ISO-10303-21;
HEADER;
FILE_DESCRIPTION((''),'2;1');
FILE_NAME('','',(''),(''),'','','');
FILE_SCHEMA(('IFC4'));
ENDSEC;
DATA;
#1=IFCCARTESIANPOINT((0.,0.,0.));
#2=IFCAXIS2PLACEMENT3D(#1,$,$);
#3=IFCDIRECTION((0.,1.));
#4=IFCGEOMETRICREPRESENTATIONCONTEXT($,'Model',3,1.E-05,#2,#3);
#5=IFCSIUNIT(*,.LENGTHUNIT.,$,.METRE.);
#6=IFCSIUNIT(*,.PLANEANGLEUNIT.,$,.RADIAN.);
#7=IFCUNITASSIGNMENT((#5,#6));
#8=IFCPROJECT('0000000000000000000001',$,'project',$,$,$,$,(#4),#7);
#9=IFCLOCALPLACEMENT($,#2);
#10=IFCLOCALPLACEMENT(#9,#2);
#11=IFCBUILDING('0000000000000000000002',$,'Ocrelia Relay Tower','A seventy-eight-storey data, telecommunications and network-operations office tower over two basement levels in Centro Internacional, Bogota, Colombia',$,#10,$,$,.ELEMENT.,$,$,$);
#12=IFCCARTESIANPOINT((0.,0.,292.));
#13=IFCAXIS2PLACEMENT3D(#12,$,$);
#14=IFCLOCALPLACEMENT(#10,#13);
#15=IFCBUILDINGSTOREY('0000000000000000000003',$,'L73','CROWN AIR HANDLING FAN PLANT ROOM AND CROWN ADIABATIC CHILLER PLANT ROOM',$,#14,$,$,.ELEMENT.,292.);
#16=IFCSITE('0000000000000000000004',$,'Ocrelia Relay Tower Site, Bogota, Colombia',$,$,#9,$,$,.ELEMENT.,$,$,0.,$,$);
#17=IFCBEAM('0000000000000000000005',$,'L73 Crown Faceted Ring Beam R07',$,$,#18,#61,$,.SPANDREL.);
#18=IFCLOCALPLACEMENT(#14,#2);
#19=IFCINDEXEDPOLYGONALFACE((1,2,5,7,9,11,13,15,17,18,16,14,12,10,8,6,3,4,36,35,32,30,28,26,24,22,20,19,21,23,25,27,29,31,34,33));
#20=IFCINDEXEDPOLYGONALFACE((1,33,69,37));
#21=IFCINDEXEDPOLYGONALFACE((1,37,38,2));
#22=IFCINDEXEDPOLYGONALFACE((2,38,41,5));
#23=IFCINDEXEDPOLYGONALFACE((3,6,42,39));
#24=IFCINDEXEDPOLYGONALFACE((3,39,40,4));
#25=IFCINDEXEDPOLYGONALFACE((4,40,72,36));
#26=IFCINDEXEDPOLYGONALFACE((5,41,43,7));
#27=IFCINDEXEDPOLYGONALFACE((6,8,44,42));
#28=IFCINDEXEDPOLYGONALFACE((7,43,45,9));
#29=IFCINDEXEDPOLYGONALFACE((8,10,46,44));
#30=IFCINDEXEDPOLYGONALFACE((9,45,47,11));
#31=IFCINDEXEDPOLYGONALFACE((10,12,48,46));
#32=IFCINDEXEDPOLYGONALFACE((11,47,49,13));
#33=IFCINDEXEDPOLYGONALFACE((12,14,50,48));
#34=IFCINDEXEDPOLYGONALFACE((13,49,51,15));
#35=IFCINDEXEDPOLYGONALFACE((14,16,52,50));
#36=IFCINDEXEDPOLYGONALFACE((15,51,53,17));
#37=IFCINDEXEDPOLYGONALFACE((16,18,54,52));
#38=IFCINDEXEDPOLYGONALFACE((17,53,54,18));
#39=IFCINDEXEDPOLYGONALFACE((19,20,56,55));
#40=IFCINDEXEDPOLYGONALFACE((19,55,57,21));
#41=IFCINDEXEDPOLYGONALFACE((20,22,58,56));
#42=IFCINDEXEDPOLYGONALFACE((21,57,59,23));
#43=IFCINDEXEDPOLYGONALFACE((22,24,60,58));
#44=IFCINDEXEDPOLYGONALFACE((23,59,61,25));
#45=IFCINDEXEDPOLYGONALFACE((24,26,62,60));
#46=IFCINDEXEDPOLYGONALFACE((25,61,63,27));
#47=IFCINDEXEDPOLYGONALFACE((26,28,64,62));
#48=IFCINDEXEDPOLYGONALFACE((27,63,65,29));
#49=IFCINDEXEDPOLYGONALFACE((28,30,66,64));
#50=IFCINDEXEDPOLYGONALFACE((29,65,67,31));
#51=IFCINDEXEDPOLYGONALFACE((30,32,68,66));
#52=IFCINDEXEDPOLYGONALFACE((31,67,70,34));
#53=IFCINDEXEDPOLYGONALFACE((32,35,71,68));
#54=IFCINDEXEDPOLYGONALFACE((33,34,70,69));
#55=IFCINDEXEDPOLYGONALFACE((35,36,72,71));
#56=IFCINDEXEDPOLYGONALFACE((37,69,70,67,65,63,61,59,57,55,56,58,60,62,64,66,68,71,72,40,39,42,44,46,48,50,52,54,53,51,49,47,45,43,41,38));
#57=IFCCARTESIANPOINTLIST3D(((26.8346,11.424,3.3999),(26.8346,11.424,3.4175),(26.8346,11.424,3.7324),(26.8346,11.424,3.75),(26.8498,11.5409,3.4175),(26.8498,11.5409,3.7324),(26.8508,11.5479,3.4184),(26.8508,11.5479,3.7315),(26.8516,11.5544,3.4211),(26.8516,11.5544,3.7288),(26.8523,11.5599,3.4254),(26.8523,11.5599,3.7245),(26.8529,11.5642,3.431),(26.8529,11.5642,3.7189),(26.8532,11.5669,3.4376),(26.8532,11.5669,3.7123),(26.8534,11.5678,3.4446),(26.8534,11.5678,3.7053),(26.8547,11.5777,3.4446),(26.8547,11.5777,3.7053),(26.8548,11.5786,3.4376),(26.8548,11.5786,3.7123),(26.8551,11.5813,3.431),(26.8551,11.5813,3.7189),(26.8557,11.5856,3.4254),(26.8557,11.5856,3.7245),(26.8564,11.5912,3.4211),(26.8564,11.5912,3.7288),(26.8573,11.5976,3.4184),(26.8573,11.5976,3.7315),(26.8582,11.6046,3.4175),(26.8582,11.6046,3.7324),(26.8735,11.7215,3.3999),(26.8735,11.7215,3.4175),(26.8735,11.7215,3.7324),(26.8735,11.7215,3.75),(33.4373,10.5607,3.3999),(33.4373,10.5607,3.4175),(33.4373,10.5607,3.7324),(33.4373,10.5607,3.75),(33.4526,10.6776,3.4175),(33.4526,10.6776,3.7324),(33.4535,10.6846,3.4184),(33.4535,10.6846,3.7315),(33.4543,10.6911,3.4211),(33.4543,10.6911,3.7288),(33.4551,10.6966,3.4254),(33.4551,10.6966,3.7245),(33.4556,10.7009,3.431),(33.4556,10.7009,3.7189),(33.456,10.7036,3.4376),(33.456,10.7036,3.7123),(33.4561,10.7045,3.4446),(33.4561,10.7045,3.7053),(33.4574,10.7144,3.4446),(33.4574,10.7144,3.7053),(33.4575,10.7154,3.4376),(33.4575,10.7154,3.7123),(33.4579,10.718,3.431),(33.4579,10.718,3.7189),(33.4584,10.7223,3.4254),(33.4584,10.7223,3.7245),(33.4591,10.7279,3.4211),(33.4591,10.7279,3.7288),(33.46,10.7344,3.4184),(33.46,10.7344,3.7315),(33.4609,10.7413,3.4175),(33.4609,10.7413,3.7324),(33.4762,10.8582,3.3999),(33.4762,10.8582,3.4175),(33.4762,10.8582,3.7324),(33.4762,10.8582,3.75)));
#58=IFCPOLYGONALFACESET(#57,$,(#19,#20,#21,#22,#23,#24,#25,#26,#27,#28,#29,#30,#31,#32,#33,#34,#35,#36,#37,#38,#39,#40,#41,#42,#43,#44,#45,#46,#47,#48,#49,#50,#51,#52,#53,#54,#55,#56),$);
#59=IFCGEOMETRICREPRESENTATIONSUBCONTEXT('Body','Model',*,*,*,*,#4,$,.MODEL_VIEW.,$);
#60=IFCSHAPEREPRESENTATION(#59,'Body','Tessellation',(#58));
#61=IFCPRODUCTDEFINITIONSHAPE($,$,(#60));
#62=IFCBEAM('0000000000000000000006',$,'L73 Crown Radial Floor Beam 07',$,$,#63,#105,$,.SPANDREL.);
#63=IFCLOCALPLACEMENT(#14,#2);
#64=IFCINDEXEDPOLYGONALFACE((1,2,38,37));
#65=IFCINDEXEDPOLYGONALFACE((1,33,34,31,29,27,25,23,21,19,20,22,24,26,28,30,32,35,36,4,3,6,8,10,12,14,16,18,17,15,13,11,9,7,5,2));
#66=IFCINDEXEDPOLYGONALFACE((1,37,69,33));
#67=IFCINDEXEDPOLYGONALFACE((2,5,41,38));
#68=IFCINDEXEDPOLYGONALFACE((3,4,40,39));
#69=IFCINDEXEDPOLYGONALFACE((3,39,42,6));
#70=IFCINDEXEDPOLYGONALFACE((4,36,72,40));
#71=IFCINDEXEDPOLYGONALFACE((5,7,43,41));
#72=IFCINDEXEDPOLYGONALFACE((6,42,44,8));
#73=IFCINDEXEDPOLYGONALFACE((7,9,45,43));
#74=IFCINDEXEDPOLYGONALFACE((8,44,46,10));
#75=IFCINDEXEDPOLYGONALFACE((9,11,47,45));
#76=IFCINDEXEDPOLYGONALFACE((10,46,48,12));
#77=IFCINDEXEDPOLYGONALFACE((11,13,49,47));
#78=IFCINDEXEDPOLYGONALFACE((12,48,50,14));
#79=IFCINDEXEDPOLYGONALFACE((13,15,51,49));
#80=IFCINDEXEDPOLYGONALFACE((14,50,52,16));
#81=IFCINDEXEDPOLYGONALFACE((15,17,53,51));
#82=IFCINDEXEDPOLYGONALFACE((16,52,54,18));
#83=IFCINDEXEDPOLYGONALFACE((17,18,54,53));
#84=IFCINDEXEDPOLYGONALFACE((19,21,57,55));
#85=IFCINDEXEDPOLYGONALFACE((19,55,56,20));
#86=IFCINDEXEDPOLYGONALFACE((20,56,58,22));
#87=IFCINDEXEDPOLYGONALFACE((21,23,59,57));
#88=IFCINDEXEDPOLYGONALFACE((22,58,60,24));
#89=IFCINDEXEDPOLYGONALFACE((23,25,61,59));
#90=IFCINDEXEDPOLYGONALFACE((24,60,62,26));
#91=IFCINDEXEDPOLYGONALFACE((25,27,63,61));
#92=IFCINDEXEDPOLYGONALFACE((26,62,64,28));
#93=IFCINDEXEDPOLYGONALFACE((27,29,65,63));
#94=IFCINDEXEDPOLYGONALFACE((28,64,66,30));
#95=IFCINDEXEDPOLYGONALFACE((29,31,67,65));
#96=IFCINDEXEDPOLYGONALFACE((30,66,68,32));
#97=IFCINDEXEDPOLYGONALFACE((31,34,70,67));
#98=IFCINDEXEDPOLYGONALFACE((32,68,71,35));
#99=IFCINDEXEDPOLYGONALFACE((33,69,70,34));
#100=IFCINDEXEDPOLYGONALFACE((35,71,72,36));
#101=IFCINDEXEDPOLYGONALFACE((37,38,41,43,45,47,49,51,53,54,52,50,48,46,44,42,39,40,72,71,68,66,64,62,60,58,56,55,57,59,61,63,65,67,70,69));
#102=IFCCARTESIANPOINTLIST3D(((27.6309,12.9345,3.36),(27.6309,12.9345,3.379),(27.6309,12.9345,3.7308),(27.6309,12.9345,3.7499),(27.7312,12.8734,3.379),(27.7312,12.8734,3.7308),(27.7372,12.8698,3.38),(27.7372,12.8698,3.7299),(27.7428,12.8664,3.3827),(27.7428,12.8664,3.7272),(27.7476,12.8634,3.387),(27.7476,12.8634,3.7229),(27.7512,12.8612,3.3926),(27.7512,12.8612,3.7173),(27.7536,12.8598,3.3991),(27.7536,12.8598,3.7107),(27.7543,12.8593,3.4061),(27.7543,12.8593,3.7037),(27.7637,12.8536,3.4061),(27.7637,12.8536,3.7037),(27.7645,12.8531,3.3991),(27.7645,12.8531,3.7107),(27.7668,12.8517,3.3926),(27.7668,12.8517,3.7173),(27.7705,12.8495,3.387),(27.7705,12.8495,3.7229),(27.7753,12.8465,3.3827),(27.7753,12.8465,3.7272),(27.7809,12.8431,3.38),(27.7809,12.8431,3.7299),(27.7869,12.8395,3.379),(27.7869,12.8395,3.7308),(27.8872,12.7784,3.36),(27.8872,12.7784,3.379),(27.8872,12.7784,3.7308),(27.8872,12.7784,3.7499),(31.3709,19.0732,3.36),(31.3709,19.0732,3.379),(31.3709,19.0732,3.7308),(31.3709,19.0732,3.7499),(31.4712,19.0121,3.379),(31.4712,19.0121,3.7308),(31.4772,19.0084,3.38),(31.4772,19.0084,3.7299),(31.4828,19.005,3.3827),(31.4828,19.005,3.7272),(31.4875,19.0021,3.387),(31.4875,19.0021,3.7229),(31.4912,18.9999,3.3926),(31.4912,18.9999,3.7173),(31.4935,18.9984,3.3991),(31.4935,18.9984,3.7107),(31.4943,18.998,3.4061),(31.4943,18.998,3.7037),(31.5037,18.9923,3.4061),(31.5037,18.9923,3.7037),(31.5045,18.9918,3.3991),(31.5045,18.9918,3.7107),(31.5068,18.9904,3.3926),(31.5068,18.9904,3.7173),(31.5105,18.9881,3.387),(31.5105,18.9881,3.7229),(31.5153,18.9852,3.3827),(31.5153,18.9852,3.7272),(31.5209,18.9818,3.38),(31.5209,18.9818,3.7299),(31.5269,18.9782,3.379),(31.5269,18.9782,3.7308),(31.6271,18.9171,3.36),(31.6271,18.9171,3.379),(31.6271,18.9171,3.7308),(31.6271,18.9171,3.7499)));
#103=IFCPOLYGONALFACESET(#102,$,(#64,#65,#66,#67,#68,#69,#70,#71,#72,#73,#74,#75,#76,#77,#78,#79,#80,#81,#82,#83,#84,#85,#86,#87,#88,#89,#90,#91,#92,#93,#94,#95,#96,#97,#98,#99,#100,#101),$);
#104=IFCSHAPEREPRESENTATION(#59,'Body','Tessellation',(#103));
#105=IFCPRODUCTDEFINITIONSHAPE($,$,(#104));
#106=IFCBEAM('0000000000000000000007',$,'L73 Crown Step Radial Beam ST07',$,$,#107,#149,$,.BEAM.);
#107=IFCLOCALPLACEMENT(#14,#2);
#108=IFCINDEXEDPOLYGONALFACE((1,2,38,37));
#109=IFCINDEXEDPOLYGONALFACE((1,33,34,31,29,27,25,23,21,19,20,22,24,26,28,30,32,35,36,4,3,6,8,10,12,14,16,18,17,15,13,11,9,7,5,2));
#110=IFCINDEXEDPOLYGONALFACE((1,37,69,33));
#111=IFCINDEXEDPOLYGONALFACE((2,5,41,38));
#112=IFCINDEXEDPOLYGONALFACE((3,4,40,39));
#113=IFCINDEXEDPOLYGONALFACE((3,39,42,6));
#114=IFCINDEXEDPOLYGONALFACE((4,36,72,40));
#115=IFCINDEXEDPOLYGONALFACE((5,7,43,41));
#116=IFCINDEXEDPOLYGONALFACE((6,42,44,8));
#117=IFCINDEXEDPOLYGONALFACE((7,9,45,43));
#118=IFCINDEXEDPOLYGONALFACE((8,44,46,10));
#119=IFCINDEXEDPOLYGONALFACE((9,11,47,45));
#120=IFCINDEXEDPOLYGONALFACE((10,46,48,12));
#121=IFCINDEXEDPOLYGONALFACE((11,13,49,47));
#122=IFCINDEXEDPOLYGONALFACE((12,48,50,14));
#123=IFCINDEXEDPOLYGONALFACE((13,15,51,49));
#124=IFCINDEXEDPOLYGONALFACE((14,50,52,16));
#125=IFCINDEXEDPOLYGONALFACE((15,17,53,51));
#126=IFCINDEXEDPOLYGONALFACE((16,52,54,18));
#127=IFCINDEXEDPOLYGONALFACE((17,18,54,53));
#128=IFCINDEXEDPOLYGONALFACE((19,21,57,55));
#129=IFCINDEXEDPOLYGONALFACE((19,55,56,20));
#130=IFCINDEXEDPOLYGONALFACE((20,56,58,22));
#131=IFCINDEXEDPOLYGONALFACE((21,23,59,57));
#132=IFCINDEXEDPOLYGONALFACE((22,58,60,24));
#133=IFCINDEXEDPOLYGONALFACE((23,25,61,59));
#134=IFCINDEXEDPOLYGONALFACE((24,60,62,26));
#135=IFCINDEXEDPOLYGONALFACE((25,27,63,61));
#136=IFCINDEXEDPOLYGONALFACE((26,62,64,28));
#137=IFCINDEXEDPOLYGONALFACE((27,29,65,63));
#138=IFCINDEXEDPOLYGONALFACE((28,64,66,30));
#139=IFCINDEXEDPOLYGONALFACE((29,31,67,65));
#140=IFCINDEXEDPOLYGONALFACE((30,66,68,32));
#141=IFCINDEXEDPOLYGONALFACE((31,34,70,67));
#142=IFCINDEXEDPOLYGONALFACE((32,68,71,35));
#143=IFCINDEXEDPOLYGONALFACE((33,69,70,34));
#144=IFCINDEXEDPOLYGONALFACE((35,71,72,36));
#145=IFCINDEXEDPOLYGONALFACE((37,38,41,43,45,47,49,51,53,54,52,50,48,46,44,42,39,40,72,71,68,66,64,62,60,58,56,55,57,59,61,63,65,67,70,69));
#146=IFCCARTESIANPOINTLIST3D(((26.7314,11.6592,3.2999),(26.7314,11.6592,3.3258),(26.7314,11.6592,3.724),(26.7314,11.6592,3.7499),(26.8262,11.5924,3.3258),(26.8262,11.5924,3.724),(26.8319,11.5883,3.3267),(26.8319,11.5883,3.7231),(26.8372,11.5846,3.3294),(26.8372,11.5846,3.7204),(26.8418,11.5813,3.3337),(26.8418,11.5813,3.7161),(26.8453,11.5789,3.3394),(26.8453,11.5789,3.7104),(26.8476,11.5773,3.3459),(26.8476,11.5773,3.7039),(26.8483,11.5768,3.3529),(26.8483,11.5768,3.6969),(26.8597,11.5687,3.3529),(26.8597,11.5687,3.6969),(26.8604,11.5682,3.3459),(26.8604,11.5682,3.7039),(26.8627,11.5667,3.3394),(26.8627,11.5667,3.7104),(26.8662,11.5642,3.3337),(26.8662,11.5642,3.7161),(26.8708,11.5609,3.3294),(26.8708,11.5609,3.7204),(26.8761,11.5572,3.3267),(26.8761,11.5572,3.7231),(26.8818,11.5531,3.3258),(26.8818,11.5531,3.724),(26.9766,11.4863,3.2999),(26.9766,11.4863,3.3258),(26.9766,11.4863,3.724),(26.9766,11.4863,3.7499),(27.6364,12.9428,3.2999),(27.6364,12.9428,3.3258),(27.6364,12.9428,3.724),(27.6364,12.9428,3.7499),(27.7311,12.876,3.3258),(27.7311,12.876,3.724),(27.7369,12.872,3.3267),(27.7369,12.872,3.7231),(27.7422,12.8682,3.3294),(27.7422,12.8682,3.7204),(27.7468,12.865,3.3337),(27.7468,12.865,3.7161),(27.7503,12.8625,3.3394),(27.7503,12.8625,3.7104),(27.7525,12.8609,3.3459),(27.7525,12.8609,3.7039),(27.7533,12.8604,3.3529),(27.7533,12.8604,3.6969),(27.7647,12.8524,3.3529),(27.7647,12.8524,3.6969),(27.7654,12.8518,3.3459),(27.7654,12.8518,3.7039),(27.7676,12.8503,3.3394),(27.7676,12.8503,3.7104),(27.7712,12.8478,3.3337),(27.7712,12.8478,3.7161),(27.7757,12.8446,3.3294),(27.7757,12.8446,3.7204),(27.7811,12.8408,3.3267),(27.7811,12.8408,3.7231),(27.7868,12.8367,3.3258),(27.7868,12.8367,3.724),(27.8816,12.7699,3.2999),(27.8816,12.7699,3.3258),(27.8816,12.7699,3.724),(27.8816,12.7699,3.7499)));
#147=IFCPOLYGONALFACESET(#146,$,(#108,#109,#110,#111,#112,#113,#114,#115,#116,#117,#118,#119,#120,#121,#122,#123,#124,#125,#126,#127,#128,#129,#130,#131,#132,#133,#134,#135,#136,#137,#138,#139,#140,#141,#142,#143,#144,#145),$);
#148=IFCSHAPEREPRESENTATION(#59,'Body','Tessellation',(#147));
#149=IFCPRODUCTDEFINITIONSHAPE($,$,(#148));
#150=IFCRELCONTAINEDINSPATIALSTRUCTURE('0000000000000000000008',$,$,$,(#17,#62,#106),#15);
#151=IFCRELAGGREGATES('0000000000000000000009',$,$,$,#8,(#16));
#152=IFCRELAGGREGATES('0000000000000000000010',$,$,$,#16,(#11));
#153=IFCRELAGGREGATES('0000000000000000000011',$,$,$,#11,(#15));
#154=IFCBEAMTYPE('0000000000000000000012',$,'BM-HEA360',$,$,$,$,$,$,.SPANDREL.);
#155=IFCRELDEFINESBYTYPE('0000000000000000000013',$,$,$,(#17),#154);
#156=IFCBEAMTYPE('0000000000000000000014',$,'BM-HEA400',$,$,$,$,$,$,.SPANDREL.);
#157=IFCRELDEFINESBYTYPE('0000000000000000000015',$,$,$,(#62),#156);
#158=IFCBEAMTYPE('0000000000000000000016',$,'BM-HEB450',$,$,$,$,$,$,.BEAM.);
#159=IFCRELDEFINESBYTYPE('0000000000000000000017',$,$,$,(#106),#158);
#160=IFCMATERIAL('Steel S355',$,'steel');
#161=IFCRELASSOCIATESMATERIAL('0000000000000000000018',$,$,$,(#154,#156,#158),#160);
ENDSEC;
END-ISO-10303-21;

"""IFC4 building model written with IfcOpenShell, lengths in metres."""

from ifc_helpers import new_model, si_unit, direction, frame, origin, origin_2d, place, context, subcontext, project, spatial, i_section, extrude, material, material_profile, profile_set, type_object, element, save


model = new_model("IFC4")

# Units and contexts
model_context = context("Model", 3, precision=1e-05, world=origin(), true_north=direction((0.0, 1.0)))
body_context = subcontext(model_context, "Body", "Model", "MODEL_VIEW")
ifc_project = project(units=[si_unit("LENGTHUNIT", "METRE"), si_unit("PLANEANGLEUNIT", "RADIAN")], contexts=[model_context])

# Site, building, storey
site_placement = place(None, origin())
site = spatial("IfcSite", under=ifc_project, at=site_placement, Name="Ocrelia Relay Tower Site, Bogota, Colombia", CompositionType="ELEMENT", RefElevation=0.0)
building_placement = place(site_placement, origin())
building = spatial("IfcBuilding", under=site, at=building_placement, Name="Ocrelia Relay Tower", Description="A seventy-eight-storey data, telecommunications and network-operations office tower over two basement levels in Centro Internacional, Bogota, Colombia", CompositionType="ELEMENT")
storey_placement = place(building_placement, frame((0.0, 0.0, 292.0)))
storey = spatial("IfcBuildingStorey", under=building, at=storey_placement, Name="L73", Description="CROWN AIR HANDLING FAN PLANT ROOM AND CROWN ADIABATIC CHILLER PLANT ROOM", CompositionType="ELEMENT", Elevation=292.0)

# Beams
ifc_material_1 = material(Name="Steel S355", Category="steel")
ifc_material_profile_1 = material_profile(ifc_material_1, i_section(OverallWidth=0.3, OverallDepth=0.3501, WebThickness=0.01, FlangeThickness=0.0176, FilletRadius=0.0271, at=origin_2d()), Name="HEA 360")
ifc_profile_set_1 = profile_set([ifc_material_profile_1], Name="Steel S355")
beam_type_1 = type_object("IfcBeamType", Name="BM-HEA360", PredefinedType="SPANDREL", material=ifc_profile_set_1)
beam_1_placement = place(storey_placement, frame((26.854, 11.5728, 3.575), z_axis=(0.991561, -0.129642, 0.0), x_axis=(0.129642, 0.991561, 0.0)))
element("IfcBeam", 1, at=beam_1_placement, inside=storey, type_object=beam_type_1, Name="L73 Crown Faceted Ring Beam R07", PredefinedType="SPANDREL", context=body_context, shape_type="SweptSolid", body=[
    extrude(i_section(OverallWidth=0.3, OverallDepth=0.3501, WebThickness=0.01, FlangeThickness=0.0176, FilletRadius=0.0271, at=origin_2d()), origin(), (0.0, 0.0, 1.0), 6.6589),
])
ifc_material_profile_2 = material_profile(ifc_material_1, i_section(OverallWidth=0.3, OverallDepth=0.3899, WebThickness=0.011, FlangeThickness=0.019, FilletRadius=0.0271, at=origin_2d()), Name="HEA 400")
ifc_profile_set_2 = profile_set([ifc_material_profile_2], Name="Steel S355")
beam_type_2 = type_object("IfcBeamType", Name="BM-HEA400", PredefinedType="SPANDREL", material=ifc_profile_set_2)
beam_2_placement = place(storey_placement, frame((27.759, 12.8564, 3.5549), z_axis=(0.520293, 0.853988, 0.0), x_axis=(-0.853988, 0.520293, 0.0)))
element("IfcBeam", 2, at=beam_2_placement, inside=storey, type_object=beam_type_2, Name="L73 Crown Radial Floor Beam 07", PredefinedType="SPANDREL", context=body_context, shape_type="SweptSolid", body=[
    extrude(i_section(OverallWidth=0.3, OverallDepth=0.3899, WebThickness=0.011, FlangeThickness=0.019, FilletRadius=0.0271, at=origin_2d()), origin(), (0.0, 0.0, 1.0), 7.1882),
])
ifc_material_profile_3 = material_profile(ifc_material_1, i_section(OverallWidth=0.3, OverallDepth=0.45, WebThickness=0.0139, FlangeThickness=0.0259, FilletRadius=0.0271, at=origin_2d()), Name="HEB 450")
ifc_profile_set_3 = profile_set([ifc_material_profile_3], Name="Steel S355")
beam_type_3 = type_object("IfcBeamType", Name="BM-HEB450", PredefinedType="BEAM", material=ifc_profile_set_3)
beam_3_placement = place(storey_placement, frame((26.854, 11.5728, 3.5249), z_axis=(0.576213, 0.817299, 0.0), x_axis=(-0.817299, 0.576213, 0.0)))
element("IfcBeam", 3, at=beam_3_placement, inside=storey, type_object=beam_type_3, Name="L73 Crown Step Radial Beam ST07", PredefinedType="BEAM", context=body_context, shape_type="SweptSolid", body=[
    extrude(i_section(OverallWidth=0.3, OverallDepth=0.45, WebThickness=0.0139, FlangeThickness=0.0259, FilletRadius=0.0271, at=origin_2d()), origin(), (0.0, 0.0, 1.0), 1.5706),
])

save(model, "model.ifc")
